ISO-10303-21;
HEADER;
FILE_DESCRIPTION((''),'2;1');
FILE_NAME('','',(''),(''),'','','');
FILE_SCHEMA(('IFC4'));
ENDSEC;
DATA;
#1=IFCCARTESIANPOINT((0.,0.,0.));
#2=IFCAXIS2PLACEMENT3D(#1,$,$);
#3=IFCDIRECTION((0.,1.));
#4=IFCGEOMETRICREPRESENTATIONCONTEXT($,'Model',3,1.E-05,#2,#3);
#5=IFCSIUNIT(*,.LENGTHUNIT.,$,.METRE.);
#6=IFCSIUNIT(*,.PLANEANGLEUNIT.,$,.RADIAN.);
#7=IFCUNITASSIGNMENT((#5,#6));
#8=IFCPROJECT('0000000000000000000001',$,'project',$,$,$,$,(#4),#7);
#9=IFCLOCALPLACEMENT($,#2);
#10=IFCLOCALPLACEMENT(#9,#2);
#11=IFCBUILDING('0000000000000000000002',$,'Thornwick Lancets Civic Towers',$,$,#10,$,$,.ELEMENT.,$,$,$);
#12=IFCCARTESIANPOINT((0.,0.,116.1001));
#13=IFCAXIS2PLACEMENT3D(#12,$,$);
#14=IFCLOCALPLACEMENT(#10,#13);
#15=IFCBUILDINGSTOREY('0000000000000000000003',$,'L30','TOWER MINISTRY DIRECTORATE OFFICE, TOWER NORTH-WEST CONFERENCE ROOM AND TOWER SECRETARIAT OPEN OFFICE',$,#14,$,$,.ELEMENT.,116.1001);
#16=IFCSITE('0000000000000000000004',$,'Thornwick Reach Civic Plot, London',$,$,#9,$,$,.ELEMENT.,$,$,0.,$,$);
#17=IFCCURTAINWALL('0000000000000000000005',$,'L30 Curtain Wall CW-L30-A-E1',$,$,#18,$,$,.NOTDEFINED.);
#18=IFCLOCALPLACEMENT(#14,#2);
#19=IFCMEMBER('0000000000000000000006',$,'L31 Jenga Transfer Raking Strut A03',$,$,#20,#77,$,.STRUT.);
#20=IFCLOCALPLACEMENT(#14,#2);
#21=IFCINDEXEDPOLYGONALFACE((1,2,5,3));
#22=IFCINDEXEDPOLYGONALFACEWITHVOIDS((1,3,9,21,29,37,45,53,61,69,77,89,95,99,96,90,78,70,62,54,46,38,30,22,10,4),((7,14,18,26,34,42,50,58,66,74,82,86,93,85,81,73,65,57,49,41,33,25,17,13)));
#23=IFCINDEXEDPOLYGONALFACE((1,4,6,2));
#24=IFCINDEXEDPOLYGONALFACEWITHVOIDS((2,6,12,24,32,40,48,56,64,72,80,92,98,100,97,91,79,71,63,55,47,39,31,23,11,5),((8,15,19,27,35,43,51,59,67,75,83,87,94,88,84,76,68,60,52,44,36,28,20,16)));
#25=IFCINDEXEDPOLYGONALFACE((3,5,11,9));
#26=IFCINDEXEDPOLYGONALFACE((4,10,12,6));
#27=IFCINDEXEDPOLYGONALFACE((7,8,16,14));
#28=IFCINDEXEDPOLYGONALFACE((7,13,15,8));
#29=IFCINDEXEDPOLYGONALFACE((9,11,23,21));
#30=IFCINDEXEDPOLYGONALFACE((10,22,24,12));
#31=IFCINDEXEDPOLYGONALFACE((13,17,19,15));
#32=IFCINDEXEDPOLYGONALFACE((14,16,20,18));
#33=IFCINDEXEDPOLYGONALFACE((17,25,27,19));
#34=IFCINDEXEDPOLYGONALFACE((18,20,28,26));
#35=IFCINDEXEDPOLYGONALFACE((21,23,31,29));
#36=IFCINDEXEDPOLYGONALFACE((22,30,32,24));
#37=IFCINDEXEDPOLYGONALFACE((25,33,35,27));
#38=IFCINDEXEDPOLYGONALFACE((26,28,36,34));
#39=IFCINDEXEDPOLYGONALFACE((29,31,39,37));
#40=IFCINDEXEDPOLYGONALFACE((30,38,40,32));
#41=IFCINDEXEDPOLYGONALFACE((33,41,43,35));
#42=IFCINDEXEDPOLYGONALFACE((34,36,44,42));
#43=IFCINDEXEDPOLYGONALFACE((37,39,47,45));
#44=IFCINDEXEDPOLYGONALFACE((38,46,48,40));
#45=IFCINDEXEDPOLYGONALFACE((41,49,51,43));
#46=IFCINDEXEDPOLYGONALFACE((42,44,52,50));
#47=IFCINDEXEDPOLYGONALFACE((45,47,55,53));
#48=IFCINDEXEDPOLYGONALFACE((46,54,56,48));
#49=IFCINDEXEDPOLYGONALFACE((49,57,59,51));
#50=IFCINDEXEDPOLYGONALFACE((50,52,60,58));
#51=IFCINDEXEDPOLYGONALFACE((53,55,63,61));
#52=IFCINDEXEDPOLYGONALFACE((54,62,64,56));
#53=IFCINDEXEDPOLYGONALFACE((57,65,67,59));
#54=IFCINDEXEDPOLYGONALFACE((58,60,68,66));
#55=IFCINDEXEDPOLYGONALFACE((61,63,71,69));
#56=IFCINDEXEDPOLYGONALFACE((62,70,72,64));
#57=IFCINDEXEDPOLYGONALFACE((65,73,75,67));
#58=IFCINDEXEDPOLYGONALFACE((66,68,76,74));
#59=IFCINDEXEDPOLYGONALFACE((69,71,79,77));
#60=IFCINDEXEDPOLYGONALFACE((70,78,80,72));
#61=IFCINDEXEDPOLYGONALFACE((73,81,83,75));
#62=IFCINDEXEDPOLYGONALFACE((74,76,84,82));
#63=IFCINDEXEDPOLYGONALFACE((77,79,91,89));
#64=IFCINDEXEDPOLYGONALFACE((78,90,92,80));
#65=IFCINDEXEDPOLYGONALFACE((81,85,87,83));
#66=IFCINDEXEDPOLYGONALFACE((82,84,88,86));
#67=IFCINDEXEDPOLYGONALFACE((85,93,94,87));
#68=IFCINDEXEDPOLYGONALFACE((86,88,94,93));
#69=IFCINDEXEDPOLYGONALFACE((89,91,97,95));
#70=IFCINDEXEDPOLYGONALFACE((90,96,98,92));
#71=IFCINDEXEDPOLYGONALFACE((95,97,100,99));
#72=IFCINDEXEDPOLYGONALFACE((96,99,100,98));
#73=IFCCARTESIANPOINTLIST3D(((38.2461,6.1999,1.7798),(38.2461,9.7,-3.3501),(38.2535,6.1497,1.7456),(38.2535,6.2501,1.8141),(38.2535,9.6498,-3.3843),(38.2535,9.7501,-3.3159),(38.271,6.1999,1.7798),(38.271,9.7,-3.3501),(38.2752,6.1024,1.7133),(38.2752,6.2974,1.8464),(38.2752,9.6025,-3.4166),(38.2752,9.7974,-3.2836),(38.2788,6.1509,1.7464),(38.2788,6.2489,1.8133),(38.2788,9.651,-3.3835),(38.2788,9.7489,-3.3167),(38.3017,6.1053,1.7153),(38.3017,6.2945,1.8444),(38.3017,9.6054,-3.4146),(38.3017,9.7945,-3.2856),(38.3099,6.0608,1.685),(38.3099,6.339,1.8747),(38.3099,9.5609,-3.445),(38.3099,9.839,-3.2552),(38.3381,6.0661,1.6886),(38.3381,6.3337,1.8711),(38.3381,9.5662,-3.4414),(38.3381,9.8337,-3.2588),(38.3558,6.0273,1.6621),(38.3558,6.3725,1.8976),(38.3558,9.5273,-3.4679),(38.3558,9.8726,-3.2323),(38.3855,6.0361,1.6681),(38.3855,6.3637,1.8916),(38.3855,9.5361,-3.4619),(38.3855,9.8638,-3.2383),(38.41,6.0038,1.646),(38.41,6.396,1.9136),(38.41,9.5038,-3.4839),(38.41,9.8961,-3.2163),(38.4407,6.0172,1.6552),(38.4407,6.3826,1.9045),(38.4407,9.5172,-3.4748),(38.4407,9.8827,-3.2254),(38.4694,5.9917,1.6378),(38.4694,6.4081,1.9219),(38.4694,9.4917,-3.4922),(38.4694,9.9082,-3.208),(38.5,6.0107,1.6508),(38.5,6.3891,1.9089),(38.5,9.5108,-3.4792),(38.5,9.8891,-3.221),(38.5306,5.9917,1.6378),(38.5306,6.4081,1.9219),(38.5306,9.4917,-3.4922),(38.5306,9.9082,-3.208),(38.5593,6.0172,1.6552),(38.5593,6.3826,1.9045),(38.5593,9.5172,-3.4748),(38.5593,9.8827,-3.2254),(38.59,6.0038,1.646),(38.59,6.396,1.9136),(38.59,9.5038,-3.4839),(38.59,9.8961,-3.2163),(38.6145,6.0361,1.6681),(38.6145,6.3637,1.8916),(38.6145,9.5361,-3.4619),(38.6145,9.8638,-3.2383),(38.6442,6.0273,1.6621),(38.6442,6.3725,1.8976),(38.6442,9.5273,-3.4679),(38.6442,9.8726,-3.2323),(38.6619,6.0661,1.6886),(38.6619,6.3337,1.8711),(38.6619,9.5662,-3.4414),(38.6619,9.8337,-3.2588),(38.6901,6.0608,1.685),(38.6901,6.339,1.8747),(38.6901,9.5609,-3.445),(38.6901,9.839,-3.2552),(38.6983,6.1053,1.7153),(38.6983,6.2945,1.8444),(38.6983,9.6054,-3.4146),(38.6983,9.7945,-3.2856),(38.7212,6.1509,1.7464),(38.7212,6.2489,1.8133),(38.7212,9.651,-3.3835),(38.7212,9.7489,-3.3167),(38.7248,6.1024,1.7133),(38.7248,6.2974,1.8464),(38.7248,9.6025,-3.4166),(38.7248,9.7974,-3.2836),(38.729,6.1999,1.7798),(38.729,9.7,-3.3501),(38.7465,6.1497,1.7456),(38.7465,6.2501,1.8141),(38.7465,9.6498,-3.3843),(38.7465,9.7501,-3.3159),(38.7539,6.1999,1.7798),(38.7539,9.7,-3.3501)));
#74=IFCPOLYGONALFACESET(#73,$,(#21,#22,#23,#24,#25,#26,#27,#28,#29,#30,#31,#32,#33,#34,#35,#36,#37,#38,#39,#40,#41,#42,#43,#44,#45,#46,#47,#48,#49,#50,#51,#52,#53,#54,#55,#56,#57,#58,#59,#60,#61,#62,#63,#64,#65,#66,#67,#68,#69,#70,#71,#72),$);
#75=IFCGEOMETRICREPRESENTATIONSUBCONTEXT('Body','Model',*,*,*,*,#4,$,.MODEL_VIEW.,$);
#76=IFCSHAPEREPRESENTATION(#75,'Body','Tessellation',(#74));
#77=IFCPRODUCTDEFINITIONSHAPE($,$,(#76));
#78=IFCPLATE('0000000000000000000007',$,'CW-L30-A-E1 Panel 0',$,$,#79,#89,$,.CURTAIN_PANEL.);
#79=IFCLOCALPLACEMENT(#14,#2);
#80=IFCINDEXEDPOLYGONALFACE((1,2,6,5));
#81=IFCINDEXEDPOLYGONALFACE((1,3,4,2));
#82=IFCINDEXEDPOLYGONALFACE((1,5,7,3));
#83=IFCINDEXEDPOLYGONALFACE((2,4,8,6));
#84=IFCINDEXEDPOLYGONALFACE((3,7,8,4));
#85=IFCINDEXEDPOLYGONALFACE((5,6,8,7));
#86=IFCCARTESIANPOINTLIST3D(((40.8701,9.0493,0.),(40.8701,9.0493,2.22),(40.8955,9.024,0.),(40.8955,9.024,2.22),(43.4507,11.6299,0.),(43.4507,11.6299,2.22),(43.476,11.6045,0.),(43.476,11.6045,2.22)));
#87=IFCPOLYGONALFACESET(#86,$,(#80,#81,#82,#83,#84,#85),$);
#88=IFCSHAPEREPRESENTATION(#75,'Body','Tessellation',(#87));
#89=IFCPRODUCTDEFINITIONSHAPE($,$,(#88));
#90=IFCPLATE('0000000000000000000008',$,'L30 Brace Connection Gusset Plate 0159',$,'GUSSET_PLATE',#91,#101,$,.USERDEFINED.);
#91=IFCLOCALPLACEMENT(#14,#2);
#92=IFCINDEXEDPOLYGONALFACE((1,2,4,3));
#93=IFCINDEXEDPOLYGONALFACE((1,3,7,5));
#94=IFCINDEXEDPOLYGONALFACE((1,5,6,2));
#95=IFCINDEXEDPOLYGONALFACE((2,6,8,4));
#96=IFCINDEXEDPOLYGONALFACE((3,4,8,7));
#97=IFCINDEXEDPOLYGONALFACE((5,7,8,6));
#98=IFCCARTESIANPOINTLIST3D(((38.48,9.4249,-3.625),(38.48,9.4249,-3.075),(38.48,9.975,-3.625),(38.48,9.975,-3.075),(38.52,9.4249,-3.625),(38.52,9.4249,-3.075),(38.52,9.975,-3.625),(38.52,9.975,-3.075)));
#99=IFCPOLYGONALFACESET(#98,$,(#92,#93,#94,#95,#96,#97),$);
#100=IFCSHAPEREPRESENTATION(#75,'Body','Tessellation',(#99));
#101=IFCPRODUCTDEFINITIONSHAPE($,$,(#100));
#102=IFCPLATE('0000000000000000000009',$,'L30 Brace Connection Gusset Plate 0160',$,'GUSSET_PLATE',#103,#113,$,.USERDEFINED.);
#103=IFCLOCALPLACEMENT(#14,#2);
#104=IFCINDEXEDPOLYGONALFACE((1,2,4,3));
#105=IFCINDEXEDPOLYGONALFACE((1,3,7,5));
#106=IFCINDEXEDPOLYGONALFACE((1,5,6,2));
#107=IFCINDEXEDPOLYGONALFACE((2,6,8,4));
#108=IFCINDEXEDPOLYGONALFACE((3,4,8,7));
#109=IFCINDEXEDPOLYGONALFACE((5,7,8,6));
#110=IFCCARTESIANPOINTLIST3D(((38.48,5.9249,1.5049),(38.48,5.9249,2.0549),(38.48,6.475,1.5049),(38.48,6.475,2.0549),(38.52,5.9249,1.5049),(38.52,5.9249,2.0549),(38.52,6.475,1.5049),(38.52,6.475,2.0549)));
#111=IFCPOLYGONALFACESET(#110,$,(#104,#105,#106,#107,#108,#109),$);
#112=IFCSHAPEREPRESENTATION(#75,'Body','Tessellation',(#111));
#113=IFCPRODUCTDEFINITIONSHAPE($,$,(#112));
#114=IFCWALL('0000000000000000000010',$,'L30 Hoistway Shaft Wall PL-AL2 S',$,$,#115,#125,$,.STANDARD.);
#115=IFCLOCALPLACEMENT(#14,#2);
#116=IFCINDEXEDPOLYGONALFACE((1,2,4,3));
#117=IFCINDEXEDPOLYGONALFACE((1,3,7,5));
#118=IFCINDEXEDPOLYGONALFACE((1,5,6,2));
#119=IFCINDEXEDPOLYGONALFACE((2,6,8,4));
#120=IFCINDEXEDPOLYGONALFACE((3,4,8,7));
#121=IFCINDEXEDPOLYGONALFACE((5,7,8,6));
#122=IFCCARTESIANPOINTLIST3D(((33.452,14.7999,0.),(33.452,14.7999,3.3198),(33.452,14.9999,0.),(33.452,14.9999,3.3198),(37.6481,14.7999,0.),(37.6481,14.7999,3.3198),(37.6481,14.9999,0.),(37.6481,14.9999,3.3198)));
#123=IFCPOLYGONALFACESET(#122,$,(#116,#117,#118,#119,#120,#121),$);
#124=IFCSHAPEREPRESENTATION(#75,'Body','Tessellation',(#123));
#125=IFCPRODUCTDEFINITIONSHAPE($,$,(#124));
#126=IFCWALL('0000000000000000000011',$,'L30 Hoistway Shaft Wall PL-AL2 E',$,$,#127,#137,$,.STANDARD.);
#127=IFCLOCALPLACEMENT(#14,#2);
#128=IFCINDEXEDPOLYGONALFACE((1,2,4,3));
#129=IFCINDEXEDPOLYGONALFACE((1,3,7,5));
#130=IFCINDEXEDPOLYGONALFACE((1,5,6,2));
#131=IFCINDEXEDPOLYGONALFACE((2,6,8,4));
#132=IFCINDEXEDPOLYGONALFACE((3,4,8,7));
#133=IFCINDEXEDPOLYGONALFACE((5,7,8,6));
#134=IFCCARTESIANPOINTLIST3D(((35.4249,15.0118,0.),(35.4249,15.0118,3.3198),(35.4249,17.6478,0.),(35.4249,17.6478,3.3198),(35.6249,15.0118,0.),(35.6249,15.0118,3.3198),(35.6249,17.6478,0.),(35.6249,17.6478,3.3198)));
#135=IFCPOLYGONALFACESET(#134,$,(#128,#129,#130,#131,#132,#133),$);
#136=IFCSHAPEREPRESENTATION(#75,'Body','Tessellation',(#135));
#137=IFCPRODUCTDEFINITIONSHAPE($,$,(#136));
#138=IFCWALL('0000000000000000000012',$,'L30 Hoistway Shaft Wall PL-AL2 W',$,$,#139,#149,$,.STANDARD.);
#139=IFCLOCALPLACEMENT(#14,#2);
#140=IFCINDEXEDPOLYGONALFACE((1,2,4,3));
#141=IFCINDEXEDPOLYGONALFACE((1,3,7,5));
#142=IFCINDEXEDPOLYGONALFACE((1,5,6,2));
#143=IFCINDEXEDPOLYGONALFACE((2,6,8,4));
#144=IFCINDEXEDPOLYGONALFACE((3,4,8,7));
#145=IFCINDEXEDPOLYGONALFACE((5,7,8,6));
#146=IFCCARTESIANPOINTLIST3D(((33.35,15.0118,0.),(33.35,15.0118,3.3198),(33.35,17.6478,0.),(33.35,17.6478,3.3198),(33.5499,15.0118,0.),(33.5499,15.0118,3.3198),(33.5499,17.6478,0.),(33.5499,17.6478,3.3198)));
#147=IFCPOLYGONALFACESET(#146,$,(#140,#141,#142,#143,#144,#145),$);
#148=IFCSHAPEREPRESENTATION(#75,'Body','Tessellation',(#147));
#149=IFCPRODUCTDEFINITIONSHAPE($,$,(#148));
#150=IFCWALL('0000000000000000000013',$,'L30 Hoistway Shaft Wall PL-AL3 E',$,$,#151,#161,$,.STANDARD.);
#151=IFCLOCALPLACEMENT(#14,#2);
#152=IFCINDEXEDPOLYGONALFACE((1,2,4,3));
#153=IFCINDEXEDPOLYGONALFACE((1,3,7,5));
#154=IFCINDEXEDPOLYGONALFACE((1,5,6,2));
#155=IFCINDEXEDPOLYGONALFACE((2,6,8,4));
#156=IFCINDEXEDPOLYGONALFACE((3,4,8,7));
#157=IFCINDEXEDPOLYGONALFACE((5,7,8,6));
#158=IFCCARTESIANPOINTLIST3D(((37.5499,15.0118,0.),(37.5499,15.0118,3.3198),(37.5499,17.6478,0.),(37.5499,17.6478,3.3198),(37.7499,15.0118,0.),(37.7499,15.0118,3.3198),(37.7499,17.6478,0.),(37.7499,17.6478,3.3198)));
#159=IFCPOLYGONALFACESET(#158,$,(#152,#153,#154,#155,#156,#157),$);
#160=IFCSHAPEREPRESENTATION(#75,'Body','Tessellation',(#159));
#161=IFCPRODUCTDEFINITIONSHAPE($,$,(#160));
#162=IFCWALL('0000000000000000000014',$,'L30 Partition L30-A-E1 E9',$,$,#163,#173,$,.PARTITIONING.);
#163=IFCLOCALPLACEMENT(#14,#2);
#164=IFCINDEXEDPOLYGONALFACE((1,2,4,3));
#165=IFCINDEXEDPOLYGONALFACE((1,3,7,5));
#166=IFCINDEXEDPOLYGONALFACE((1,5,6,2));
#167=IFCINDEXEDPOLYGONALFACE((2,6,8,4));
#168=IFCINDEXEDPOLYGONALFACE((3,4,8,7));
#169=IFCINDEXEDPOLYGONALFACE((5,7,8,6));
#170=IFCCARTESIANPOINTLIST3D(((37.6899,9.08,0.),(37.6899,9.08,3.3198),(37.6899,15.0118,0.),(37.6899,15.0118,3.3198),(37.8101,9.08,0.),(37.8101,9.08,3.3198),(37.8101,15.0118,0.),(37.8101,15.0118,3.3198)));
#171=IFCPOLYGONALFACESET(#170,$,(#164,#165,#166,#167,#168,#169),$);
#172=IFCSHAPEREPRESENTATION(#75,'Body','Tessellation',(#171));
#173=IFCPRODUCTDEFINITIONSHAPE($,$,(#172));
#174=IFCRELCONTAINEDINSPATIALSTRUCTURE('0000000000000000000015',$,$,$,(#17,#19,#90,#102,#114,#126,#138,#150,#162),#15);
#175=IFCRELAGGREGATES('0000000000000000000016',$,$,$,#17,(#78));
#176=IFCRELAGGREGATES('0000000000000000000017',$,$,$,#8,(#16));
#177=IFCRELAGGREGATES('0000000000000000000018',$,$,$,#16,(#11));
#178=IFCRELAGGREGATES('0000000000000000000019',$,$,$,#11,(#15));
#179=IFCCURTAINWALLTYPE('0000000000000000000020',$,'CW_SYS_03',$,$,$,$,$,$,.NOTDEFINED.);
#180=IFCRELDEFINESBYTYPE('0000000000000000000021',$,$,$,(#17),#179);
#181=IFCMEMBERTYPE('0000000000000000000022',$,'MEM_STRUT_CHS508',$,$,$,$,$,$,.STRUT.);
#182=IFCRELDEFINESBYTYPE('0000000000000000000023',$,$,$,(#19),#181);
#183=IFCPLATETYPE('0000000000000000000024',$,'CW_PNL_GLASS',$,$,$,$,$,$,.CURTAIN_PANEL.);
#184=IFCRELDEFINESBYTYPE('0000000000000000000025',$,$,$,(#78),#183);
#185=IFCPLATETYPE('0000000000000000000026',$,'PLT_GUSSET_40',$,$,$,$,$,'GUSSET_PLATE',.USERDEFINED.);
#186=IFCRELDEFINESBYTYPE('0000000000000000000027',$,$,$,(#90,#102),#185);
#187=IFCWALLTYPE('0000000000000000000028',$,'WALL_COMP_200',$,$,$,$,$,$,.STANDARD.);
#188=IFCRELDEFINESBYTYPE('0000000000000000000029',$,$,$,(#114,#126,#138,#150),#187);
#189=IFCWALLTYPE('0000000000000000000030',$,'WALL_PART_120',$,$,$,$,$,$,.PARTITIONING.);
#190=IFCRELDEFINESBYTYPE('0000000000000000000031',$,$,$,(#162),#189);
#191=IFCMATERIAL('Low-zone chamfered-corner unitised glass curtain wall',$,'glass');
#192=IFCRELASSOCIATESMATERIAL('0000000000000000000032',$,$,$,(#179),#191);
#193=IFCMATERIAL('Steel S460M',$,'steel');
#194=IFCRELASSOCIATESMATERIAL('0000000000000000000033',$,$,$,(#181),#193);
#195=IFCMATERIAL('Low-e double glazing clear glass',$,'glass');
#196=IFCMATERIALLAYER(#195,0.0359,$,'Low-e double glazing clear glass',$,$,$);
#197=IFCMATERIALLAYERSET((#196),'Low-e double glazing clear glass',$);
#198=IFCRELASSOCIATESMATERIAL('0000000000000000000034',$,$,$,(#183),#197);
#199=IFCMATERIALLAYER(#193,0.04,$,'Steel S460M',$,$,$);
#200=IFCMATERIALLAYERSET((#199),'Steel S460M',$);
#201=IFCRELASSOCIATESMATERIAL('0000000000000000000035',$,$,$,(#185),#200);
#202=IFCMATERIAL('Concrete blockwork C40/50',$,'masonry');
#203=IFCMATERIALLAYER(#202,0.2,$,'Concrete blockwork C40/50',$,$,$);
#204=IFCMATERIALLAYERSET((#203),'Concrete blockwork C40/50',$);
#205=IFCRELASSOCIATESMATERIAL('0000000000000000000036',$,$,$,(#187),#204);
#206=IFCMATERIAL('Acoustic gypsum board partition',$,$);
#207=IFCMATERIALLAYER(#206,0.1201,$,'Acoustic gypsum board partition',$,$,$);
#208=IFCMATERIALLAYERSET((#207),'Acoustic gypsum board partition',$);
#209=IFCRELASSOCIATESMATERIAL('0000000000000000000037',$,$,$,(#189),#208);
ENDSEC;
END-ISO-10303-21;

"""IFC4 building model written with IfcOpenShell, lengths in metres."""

from ifc_helpers import new_model, si_unit, direction, frame, frame_2d, origin, origin_2d, place, context, subcontext, project, spatial, rectangle, hollow_circle, extrude, material, layer, layer_set, material_profile, profile_set, type_object, element, aggregate, save


model = new_model("IFC4")

# Units and contexts
model_context = context("Model", 3, precision=1e-05, world=origin(), true_north=direction((0.0, 1.0)))
body_context = subcontext(model_context, "Body", "Model", "MODEL_VIEW")
ifc_project = project(units=[si_unit("LENGTHUNIT", "METRE"), si_unit("PLANEANGLEUNIT", "RADIAN")], contexts=[model_context])

# Site, building, storey
site_placement = place(None, origin())
site = spatial("IfcSite", under=ifc_project, at=site_placement, Name="Thornwick Reach Civic Plot, London", CompositionType="ELEMENT", RefElevation=0.0)
building_placement = place(site_placement, origin())
building = spatial("IfcBuilding", under=site, at=building_placement, Name="Thornwick Lancets Civic Towers", CompositionType="ELEMENT")
storey_placement = place(building_placement, frame((0.0, 0.0, 116.1001)))
storey = spatial("IfcBuildingStorey", under=building, at=storey_placement, Name="L30", Description="TOWER MINISTRY DIRECTORATE OFFICE, TOWER NORTH-WEST CONFERENCE ROOM AND TOWER SECRETARIAT OPEN OFFICE", CompositionType="ELEMENT", Elevation=116.1001)

# Curtain wall
ifc_material_1 = material(Name="Low-zone chamfered-corner unitised glass curtain wall", Category="glass")
curtain_wall_type = type_object("IfcCurtainWallType", Name="CW_SYS_03", PredefinedType="NOTDEFINED", material=ifc_material_1)
curtain_wall_placement = place(storey_placement, origin())
curtain_wall = element("IfcCurtainWall", 1, at=curtain_wall_placement, inside=storey, type_object=curtain_wall_type, Name="L30 Curtain Wall CW-L30-A-E1", PredefinedType="NOTDEFINED")

# Member
ifc_material_2 = material(Name="Steel S460M", Category="steel")
ifc_material_profile_1 = material_profile(ifc_material_2, hollow_circle(Radius=0.2539, WallThickness=0.0249, at=origin_2d()), Name="CHS 508x25")
ifc_profile_set_1 = profile_set([ifc_material_profile_1], Name="Steel S460M")
member_type_1 = type_object("IfcMemberType", Name="MEM_STRUT_CHS508", PredefinedType="STRUT", material=ifc_profile_set_1)
member_1_placement = place(storey_placement, frame((38.5, 9.7, -3.3501), z_axis=(0.0, -0.563595, 0.826051), x_axis=(1.0, 0.0, 0.0)))
element("IfcMember", 2, at=member_1_placement, inside=storey, type_object=member_type_1, Name="L31 Jenga Transfer Raking Strut A03", PredefinedType="STRUT", context=body_context, shape_type="SweptSolid", body=[
    extrude(hollow_circle(Radius=0.2539, WallThickness=0.0249, at=origin_2d()), origin(), (0.0, 0.0, 1.0), 6.2102),
])

# Plate
ifc_material_3 = material(Name="Low-e double glazing clear glass", Category="glass")
ifc_layer_1 = layer(ifc_material_3, 0.0359, Name="Low-e double glazing clear glass")
ifc_layer_set_1 = layer_set([ifc_layer_1], Name="Low-e double glazing clear glass")
plate_type_1 = type_object("IfcPlateType", Name="CW_PNL_GLASS", PredefinedType="CURTAIN_PANEL", material=ifc_layer_set_1)
plate_placement = place(storey_placement, frame((42.1731, 10.3269, 0.0), z_axis=(0.0, 0.0, 1.0), x_axis=(0.707107, 0.707107, 0.0)))
plate = element("IfcPlate", 3, at=plate_placement, type_object=plate_type_1, Name="CW-L30-A-E1 Panel 0", PredefinedType="CURTAIN_PANEL", context=body_context, shape_type="SweptSolid", body=[
    extrude(rectangle(XDim=3.6494, YDim=0.0359, at=origin_2d()), origin(), (0.0, 0.0, 1.0), 2.22),
])
aggregate(curtain_wall, [plate])

# Plates
ifc_layer_2 = layer(ifc_material_2, 0.04, Name="Steel S460M")
ifc_layer_set_2 = layer_set([ifc_layer_2], Name="Steel S460M")
plate_type_2 = type_object("IfcPlateType", Name="PLT_GUSSET_40", ElementType="GUSSET_PLATE", PredefinedType="USERDEFINED", material=ifc_layer_set_2)
for number, where, z_axis, x_axis, name in (
    (4, (38.5, 9.7, -3.625), (0.0, 0.0, 1.0), (0.0, -1.0, 0.0), "L30 Brace Connection Gusset Plate 0159"),
    (5, (38.5, 6.2, 1.5049), (0.0, 0.0, 1.0), (0.0, -1.0, 0.0), "L30 Brace Connection Gusset Plate 0160"),
):
    element("IfcPlate", number, at=place(storey_placement, frame(where, z_axis=z_axis, x_axis=x_axis)), inside=storey, type_object=plate_type_2, Name=name, ObjectType="GUSSET_PLATE", PredefinedType="USERDEFINED", context=body_context, shape_type="SweptSolid", body=[
        extrude(rectangle(XDim=0.55, YDim=0.04, at=origin_2d()), origin(), (0.0, 0.0, 1.0), 0.55),
    ])

# Walls
ifc_material_4 = material(Name="Concrete blockwork C40/50", Category="masonry")
ifc_layer_3 = layer(ifc_material_4, 0.2, Name="Concrete blockwork C40/50")
ifc_layer_set_3 = layer_set([ifc_layer_3], Name="Concrete blockwork C40/50")
wall_type_1 = type_object("IfcWallType", Name="WALL_COMP_200", PredefinedType="STANDARD", material=ifc_layer_set_3)
wall_1_placement = place(storey_placement, frame((33.4519, 14.8999, 0.0), z_axis=(0.0, 0.0, 1.0), x_axis=(1.0, 0.0, 0.0)))
element("IfcWall", 6, at=wall_1_placement, inside=storey, type_object=wall_type_1, Name="L30 Hoistway Shaft Wall PL-AL2 S", PredefinedType="STANDARD", context=body_context, shape_type="SweptSolid", body=[
    extrude(rectangle(XDim=4.196, YDim=0.2, at=frame_2d((2.0981, 0.0))), origin(), (0.0, 0.0, 1.0), 3.3198),
])
for number, where, z_axis, x_axis, name in (
    (7, (35.5249, 15.012, 0.0), (0.0, 0.0, 1.0), (0.0, 1.0, 0.0), "L30 Hoistway Shaft Wall PL-AL2 E"),
    (8, (33.45, 15.012, 0.0), (0.0, 0.0, 1.0), (0.0, 1.0, 0.0), "L30 Hoistway Shaft Wall PL-AL2 W"),
    (9, (37.6499, 15.012, 0.0), (0.0, 0.0, 1.0), (0.0, 1.0, 0.0), "L30 Hoistway Shaft Wall PL-AL3 E"),
):
    element("IfcWall", number, at=place(storey_placement, frame(where, z_axis=z_axis, x_axis=x_axis)), inside=storey, type_object=wall_type_1, Name=name, PredefinedType="STANDARD", context=body_context, shape_type="SweptSolid", body=[
        extrude(rectangle(XDim=2.636, YDim=0.2, at=frame_2d((1.3179, 0.0))), origin(), (0.0, 0.0, 1.0), 3.3198),
    ])
ifc_material_5 = material(Name="Acoustic gypsum board partition")
ifc_layer_4 = layer(ifc_material_5, 0.1201, Name="Acoustic gypsum board partition")
ifc_layer_set_4 = layer_set([ifc_layer_4], Name="Acoustic gypsum board partition")
wall_type_2 = type_object("IfcWallType", Name="WALL_PART_120", PredefinedType="PARTITIONING", material=ifc_layer_set_4)
wall_2_placement = place(storey_placement, frame((37.75, 9.0801, 0.0), z_axis=(0.0, 0.0, 1.0), x_axis=(0.0, 1.0, 0.0)))
element("IfcWall", 10, at=wall_2_placement, inside=storey, type_object=wall_type_2, Name="L30 Partition L30-A-E1 E9", PredefinedType="PARTITIONING", context=body_context, shape_type="SweptSolid", body=[
    extrude(rectangle(XDim=5.9319, YDim=0.1201, at=frame_2d((2.9658, 0.0))), origin(), (0.0, 0.0, 1.0), 3.3198),
])

save(model, "model.ifc")
